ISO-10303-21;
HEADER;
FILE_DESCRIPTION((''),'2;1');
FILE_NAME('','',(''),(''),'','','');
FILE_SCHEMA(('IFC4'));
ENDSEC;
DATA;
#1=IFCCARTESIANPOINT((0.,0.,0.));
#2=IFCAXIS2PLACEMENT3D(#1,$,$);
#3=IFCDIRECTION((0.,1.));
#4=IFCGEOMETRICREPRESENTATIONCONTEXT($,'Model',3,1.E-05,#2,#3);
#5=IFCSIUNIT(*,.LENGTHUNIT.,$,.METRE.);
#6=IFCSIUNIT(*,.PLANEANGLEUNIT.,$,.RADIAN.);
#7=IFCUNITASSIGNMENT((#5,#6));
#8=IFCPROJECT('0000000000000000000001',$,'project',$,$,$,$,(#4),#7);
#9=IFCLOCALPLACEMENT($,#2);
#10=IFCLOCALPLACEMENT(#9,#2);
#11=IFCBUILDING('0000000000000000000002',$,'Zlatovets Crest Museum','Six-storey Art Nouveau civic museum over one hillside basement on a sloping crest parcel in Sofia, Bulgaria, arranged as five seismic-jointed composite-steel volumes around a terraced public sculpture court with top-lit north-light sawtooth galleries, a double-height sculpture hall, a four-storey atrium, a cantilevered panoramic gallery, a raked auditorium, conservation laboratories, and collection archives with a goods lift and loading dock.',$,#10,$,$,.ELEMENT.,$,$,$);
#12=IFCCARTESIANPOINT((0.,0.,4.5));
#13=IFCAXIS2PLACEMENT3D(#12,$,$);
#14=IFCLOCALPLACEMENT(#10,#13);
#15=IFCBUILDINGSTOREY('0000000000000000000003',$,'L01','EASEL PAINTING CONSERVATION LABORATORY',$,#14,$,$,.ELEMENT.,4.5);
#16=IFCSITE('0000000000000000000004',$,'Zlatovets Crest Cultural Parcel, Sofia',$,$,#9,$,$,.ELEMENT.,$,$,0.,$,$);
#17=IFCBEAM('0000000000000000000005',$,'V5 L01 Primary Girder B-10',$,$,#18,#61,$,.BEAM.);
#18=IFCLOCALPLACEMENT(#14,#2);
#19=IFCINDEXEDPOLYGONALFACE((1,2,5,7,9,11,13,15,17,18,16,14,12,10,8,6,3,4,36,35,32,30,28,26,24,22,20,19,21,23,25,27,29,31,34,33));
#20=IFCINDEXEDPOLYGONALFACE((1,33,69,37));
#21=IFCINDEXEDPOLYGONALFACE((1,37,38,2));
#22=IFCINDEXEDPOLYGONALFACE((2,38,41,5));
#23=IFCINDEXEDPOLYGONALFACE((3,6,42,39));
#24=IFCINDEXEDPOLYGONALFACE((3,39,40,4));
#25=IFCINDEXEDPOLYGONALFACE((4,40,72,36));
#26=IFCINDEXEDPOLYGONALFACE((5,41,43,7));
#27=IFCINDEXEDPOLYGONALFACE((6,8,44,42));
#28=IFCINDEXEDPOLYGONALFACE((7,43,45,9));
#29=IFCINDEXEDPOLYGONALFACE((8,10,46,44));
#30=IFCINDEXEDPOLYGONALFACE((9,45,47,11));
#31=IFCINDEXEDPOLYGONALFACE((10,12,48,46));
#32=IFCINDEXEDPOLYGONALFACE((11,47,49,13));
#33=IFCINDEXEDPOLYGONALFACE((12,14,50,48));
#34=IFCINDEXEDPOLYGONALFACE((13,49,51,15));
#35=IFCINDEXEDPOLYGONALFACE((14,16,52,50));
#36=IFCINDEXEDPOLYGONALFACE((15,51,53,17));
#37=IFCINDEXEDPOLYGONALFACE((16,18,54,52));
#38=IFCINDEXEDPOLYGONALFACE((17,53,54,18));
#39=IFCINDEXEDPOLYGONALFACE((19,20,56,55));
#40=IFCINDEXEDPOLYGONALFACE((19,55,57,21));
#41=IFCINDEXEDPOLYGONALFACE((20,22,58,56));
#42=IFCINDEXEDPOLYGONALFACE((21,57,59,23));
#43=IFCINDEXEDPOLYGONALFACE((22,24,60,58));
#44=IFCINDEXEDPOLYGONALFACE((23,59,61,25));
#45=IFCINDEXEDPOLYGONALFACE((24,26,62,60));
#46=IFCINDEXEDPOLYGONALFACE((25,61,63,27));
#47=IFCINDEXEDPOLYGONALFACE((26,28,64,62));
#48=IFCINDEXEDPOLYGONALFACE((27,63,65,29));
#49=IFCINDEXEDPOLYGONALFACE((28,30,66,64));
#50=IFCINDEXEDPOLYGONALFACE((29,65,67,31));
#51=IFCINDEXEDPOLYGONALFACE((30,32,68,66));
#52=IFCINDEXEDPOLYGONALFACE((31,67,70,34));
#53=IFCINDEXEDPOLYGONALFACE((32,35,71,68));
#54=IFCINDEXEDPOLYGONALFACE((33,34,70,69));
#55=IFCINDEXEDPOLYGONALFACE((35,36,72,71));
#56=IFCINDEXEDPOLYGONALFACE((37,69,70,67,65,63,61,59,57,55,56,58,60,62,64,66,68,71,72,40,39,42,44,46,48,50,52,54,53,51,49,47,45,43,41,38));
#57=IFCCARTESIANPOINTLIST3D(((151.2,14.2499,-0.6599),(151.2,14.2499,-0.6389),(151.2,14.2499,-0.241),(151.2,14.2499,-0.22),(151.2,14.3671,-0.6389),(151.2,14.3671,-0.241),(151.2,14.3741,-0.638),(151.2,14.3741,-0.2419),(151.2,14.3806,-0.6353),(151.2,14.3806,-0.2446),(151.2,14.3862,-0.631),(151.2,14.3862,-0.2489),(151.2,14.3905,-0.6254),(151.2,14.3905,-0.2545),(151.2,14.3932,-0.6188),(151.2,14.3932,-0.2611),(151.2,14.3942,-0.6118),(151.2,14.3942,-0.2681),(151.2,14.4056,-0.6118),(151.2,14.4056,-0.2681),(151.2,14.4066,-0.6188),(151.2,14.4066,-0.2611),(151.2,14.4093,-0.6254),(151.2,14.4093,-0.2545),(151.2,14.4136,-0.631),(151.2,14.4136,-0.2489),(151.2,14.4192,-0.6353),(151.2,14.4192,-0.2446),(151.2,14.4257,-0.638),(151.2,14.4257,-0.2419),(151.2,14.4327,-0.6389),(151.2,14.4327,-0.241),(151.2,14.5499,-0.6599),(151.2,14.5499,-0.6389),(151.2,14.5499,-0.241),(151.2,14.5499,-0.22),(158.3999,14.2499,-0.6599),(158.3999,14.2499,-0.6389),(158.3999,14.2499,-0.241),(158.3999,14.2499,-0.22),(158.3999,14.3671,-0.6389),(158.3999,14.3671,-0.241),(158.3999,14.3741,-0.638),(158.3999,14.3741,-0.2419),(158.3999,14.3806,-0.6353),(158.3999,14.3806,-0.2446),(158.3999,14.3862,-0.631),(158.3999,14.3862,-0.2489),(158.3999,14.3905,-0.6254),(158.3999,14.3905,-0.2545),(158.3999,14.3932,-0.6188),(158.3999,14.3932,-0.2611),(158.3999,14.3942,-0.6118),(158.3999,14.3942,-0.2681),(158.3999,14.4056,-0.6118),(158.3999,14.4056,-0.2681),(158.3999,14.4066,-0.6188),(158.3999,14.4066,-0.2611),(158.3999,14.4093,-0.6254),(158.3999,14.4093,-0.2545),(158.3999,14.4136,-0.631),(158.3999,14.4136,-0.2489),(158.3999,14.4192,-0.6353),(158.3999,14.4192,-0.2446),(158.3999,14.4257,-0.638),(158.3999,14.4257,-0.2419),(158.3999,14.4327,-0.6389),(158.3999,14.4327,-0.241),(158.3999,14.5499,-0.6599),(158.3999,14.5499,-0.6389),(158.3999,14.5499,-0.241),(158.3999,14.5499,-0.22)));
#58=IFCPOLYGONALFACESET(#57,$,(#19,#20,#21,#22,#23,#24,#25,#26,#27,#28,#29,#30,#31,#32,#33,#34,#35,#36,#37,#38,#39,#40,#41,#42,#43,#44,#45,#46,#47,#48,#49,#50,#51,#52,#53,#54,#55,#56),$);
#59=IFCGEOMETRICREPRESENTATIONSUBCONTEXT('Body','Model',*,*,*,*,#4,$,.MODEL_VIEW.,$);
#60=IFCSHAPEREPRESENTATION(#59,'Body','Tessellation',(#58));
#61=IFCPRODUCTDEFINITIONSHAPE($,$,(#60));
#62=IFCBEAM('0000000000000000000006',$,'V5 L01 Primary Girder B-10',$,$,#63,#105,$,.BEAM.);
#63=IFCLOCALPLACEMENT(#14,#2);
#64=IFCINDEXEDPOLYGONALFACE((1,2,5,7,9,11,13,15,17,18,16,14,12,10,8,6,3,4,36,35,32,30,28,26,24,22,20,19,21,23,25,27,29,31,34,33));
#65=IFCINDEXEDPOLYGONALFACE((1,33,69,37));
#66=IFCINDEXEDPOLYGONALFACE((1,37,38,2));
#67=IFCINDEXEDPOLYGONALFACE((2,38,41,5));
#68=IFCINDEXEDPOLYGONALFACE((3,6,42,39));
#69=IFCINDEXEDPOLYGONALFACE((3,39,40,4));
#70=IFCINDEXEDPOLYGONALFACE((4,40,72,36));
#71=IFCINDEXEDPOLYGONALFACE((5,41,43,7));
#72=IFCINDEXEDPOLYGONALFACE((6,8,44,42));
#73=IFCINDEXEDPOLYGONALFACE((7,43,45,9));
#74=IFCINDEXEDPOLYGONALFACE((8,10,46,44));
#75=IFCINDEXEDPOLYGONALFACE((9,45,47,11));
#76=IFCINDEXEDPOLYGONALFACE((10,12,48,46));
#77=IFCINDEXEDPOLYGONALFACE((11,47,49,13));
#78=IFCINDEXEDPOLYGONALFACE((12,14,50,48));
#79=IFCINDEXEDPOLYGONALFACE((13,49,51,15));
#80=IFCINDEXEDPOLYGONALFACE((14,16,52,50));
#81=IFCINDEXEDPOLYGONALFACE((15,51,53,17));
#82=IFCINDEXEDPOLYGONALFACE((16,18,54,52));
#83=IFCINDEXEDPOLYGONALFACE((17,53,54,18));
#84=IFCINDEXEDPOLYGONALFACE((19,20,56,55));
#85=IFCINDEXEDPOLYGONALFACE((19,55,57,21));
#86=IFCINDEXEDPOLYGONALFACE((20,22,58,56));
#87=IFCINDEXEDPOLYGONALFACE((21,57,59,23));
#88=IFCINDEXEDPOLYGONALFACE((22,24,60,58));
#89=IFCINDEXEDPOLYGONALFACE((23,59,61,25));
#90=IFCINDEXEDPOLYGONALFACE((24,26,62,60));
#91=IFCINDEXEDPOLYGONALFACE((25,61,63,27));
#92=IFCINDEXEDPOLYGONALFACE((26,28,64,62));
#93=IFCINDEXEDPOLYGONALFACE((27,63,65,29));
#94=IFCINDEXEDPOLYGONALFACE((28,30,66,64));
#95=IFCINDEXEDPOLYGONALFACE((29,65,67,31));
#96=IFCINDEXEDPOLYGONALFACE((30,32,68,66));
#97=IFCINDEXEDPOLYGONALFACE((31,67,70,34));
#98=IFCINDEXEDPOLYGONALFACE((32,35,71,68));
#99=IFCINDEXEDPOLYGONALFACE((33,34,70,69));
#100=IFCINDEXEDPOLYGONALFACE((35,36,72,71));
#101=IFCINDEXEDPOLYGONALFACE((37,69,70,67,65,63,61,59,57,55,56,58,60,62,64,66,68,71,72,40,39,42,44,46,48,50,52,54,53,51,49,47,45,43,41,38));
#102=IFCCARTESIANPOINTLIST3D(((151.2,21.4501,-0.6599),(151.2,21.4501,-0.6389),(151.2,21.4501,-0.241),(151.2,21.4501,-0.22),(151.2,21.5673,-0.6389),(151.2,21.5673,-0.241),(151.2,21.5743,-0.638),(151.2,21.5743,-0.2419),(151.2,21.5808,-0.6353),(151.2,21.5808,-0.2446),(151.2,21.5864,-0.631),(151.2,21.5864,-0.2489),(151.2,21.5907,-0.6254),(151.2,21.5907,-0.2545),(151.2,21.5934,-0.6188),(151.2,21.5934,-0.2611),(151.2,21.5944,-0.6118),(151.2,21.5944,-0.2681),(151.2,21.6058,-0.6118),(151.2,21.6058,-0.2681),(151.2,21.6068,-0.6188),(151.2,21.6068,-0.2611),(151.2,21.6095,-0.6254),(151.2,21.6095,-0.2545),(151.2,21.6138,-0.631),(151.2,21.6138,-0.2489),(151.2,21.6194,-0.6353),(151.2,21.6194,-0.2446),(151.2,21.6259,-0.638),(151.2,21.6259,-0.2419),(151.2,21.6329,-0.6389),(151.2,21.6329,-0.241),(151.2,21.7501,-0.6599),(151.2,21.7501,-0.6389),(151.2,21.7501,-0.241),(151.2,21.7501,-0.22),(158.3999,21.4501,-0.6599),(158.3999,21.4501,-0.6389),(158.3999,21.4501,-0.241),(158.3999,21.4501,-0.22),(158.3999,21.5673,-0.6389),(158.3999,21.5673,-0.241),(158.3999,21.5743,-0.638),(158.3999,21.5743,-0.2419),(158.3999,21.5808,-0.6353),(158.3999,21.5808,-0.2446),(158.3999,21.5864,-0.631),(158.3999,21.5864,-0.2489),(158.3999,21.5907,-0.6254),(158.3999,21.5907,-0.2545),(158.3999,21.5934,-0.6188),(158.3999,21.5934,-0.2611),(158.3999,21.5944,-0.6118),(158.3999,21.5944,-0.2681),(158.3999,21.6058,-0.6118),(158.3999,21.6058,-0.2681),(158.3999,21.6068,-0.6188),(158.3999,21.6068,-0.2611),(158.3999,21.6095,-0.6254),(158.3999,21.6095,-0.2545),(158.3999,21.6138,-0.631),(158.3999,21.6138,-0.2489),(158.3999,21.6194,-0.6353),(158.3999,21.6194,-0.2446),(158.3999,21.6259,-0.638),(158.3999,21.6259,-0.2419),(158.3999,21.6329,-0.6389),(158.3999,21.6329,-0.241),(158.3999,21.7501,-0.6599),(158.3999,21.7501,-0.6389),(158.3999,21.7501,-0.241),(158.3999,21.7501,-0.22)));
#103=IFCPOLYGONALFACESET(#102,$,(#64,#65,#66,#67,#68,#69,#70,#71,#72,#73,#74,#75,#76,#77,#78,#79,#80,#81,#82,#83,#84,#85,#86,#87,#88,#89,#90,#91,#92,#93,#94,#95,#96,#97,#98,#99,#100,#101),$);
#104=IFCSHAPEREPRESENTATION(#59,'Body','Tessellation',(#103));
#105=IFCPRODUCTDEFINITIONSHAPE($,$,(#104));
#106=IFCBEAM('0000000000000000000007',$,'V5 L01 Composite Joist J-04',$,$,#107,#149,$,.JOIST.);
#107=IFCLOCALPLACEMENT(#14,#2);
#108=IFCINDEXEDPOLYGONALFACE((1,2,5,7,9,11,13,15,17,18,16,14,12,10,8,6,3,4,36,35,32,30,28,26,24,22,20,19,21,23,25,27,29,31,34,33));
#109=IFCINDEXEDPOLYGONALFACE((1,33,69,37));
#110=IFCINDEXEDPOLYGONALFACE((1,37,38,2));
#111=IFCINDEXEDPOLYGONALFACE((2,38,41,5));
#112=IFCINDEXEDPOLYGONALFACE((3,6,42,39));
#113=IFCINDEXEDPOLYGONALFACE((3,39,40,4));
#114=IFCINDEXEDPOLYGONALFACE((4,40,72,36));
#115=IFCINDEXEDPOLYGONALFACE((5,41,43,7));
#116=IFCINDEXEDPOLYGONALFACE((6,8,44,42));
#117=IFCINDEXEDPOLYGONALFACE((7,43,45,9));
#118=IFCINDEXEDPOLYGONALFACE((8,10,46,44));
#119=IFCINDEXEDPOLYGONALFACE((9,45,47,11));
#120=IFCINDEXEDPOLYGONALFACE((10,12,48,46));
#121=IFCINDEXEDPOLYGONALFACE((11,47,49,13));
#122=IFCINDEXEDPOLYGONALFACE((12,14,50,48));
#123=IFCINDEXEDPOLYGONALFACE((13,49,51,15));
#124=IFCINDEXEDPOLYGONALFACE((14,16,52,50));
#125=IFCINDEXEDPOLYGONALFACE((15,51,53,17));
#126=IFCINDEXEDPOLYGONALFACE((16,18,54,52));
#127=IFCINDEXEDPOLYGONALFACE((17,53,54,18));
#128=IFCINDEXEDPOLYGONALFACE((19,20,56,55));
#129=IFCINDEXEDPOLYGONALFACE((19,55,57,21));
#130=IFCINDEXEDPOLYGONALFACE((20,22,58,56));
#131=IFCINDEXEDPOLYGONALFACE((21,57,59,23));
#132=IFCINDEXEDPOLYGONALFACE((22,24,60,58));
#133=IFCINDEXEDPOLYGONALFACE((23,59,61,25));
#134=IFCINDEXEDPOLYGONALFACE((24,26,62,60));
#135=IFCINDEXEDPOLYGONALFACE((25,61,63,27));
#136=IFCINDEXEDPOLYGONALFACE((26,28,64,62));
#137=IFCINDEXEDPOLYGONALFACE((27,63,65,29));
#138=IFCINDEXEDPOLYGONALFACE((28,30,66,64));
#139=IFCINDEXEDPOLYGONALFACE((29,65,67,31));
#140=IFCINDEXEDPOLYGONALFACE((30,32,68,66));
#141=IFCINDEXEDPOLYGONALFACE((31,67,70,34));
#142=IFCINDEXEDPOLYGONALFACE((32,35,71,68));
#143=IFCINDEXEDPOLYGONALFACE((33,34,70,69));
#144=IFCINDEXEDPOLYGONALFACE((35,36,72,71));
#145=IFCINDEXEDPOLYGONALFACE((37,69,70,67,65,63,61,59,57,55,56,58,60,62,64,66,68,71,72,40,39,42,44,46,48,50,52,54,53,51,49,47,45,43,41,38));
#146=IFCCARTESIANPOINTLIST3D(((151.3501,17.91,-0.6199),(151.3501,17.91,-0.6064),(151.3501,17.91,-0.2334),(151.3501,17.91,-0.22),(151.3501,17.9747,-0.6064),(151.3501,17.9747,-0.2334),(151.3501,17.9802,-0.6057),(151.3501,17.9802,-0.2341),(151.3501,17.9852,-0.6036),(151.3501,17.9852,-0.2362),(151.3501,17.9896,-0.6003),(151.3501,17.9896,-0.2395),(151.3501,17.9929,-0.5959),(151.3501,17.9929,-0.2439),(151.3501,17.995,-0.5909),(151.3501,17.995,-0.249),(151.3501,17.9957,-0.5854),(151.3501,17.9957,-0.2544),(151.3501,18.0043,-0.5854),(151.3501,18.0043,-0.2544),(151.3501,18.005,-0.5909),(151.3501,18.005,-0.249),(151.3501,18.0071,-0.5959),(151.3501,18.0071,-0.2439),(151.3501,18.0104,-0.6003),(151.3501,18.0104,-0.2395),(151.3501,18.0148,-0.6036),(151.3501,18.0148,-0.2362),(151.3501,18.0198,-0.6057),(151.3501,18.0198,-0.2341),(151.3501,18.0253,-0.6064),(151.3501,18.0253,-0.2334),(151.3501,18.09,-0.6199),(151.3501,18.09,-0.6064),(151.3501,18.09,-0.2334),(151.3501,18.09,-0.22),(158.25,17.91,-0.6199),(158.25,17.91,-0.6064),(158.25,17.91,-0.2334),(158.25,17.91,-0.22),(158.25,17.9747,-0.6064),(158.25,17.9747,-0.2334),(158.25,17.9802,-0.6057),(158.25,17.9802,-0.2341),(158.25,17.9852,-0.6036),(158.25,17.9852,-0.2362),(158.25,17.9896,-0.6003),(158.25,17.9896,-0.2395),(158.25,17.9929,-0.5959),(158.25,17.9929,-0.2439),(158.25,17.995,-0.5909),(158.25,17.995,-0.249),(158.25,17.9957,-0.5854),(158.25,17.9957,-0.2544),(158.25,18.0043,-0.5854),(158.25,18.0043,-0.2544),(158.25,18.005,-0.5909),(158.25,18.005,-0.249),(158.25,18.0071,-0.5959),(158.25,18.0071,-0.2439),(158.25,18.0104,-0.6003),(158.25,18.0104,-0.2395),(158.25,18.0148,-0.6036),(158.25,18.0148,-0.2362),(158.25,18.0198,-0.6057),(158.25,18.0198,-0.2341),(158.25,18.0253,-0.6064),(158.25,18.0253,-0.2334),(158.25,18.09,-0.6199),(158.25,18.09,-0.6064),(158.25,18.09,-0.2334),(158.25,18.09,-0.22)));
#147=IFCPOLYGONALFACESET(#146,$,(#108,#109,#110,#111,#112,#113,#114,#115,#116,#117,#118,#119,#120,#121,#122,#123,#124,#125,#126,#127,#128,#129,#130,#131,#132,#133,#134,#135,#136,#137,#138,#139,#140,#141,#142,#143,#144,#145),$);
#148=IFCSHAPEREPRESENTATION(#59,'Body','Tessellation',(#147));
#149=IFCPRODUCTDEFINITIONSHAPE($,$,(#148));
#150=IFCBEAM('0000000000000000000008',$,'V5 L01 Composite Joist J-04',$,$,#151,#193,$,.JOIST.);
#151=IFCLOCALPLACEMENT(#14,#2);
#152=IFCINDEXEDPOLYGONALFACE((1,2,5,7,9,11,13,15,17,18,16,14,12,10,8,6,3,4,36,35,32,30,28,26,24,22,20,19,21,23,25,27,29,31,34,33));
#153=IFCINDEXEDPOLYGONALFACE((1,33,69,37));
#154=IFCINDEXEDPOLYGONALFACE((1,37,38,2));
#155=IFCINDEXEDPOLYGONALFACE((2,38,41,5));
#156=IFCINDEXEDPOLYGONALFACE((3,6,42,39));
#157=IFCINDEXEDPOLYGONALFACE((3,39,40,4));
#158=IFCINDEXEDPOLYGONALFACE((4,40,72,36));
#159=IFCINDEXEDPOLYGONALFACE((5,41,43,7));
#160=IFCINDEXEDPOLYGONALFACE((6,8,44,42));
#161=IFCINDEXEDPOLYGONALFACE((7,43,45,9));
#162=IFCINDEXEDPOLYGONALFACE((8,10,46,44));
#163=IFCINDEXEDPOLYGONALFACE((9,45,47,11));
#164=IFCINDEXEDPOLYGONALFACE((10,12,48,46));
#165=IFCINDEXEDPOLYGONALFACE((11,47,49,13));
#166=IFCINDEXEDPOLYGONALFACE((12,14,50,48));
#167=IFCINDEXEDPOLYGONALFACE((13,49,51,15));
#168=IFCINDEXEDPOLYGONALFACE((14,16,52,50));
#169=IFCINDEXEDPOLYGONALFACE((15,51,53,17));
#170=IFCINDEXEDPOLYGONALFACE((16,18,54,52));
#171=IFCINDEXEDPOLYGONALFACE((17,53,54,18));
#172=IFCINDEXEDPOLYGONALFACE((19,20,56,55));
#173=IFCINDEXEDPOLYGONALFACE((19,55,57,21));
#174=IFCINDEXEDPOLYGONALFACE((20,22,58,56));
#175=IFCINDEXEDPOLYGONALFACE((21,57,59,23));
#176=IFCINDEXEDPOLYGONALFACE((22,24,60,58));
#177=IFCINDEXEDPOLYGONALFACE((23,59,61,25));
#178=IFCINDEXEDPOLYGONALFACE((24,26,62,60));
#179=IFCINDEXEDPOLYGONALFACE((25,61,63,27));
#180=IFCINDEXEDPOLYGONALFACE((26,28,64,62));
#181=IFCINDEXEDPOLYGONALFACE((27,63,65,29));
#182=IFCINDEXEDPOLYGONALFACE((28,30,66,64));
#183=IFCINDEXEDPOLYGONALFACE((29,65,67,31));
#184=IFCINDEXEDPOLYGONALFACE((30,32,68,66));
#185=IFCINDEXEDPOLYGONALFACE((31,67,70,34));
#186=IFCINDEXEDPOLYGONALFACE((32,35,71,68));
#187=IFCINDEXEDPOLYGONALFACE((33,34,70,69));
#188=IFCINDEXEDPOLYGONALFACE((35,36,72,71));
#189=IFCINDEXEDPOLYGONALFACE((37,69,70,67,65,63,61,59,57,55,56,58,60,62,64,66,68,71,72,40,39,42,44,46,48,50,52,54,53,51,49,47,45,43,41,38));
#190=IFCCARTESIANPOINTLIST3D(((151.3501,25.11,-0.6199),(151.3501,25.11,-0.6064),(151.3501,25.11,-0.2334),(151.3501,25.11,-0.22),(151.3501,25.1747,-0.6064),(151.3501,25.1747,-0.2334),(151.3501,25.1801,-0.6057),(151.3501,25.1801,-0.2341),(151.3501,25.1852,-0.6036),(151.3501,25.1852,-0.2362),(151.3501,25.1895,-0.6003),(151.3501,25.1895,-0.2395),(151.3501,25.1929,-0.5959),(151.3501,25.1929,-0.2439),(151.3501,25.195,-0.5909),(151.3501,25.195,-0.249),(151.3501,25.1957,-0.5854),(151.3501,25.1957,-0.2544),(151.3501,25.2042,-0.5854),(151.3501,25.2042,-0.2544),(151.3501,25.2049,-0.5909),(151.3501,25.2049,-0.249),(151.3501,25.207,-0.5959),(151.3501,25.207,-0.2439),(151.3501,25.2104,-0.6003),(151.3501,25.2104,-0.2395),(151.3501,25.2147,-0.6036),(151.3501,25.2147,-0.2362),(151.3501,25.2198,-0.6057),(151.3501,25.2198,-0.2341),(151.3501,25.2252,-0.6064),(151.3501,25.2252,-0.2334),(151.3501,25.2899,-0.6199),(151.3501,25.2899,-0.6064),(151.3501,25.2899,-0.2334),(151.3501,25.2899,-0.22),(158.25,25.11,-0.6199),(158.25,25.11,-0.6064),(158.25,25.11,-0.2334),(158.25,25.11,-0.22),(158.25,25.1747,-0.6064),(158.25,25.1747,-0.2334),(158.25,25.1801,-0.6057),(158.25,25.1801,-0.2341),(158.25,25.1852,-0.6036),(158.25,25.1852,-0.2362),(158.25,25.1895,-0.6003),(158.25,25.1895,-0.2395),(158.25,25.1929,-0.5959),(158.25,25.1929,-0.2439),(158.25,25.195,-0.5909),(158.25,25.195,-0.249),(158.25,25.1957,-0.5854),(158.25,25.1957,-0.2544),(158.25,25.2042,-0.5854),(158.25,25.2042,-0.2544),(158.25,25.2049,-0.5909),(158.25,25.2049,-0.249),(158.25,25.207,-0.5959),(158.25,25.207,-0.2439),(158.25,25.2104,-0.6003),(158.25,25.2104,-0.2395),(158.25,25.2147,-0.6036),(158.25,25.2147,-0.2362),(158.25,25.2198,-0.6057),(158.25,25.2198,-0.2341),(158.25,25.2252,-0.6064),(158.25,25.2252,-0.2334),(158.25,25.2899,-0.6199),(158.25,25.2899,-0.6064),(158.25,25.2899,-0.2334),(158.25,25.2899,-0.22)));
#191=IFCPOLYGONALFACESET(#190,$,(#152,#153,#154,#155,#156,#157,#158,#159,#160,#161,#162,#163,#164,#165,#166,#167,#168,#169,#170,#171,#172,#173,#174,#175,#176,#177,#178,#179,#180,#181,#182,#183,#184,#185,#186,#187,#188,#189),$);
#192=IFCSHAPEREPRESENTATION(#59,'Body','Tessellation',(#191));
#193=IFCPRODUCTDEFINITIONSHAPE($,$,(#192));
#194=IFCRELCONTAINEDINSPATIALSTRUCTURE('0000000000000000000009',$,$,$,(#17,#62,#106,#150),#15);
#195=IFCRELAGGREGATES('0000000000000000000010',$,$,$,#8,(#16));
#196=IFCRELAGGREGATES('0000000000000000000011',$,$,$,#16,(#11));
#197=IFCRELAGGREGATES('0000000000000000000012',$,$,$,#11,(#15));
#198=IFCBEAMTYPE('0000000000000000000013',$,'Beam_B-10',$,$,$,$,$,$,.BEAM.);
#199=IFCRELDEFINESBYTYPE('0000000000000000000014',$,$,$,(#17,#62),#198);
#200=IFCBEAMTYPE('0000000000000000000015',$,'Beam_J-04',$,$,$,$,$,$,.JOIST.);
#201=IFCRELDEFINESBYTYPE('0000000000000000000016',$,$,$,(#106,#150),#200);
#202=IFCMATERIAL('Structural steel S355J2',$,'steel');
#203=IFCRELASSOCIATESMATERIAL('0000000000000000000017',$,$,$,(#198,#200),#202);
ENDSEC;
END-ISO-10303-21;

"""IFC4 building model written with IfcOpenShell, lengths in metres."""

from ifc_helpers import new_model, si_unit, direction, frame, origin, origin_2d, place, context, subcontext, project, spatial, i_section, extrude, material, material_profile, profile_set, type_object, element, save


model = new_model("IFC4")

# Units and contexts
model_context = context("Model", 3, precision=1e-05, world=origin(), true_north=direction((0.0, 1.0)))
body_context = subcontext(model_context, "Body", "Model", "MODEL_VIEW")
ifc_project = project(units=[si_unit("LENGTHUNIT", "METRE"), si_unit("PLANEANGLEUNIT", "RADIAN")], contexts=[model_context])

# Site, building, storey
site_placement = place(None, origin())
site = spatial("IfcSite", under=ifc_project, at=site_placement, Name="Zlatovets Crest Cultural Parcel, Sofia", CompositionType="ELEMENT", RefElevation=0.0)
building_placement = place(site_placement, origin())
building = spatial("IfcBuilding", under=site, at=building_placement, Name="Zlatovets Crest Museum", Description="Six-storey Art Nouveau civic museum over one hillside basement on a sloping crest parcel in Sofia, Bulgaria, arranged as five seismic-jointed composite-steel volumes around a terraced public sculpture court with top-lit north-light sawtooth galleries, a double-height sculpture hall, a four-storey atrium, a cantilevered panoramic gallery, a raked auditorium, conservation laboratories, and collection archives with a goods lift and loading dock.", CompositionType="ELEMENT")
storey_placement = place(building_placement, frame((0.0, 0.0, 4.5)))
storey = spatial("IfcBuildingStorey", under=building, at=storey_placement, Name="L01", Description="EASEL PAINTING CONSERVATION LABORATORY", CompositionType="ELEMENT", Elevation=4.5)

# Shared definitions
ifc_material_1 = material(Name="Structural steel S355J2", Category="steel")

# Beams
ifc_material_profile_1 = material_profile(ifc_material_1, i_section(OverallWidth=0.3, OverallDepth=0.4399, WebThickness=0.0115, FlangeThickness=0.021, FilletRadius=0.0271, at=origin_2d()), Name="HEA 450")
ifc_profile_set_1 = profile_set([ifc_material_profile_1], Name="Structural steel S355J2")
beam_type_1 = type_object("IfcBeamType", Name="Beam_B-10", PredefinedType="BEAM", material=ifc_profile_set_1)
for number, where, z_axis, x_axis, name in (
    (1, (151.2, 14.3999, -0.4399), (1.0, 0.0, 0.0), (0.0, 1.0, 0.0), "V5 L01 Primary Girder B-10"),
    (2, (151.2, 21.6001, -0.4399), (1.0, 0.0, 0.0), (0.0, 1.0, 0.0), "V5 L01 Primary Girder B-10"),
):
    element("IfcBeam", number, at=place(storey_placement, frame(where, z_axis=z_axis, x_axis=x_axis)), inside=storey, type_object=beam_type_1, Name=name, PredefinedType="BEAM", context=body_context, shape_type="SweptSolid", body=[
        extrude(i_section(OverallWidth=0.3, OverallDepth=0.4399, WebThickness=0.0115, FlangeThickness=0.021, FilletRadius=0.0271, at=origin_2d()), origin(), (0.0, 0.0, 1.0), 7.2),
    ])
ifc_material_profile_2 = material_profile(ifc_material_1, i_section(OverallWidth=0.1799, OverallDepth=0.3999, WebThickness=0.0085, FlangeThickness=0.0134, FilletRadius=0.021, at=origin_2d()), Name="IPE 400")
ifc_profile_set_2 = profile_set([ifc_material_profile_2], Name="Structural steel S355J2")
beam_type_2 = type_object("IfcBeamType", Name="Beam_J-04", PredefinedType="JOIST", material=ifc_profile_set_2)
for number, where, z_axis, x_axis, name in (
    (3, (151.3501, 18.0, -0.4199), (1.0, 0.0, 0.0), (0.0, 1.0, 0.0), "V5 L01 Composite Joist J-04"),
    (4, (151.3501, 25.2, -0.4199), (1.0, 0.0, 0.0), (0.0, 1.0, 0.0), "V5 L01 Composite Joist J-04"),
):
    element("IfcBeam", number, at=place(storey_placement, frame(where, z_axis=z_axis, x_axis=x_axis)), inside=storey, type_object=beam_type_2, Name=name, PredefinedType="JOIST", context=body_context, shape_type="SweptSolid", body=[
        extrude(i_section(OverallWidth=0.1799, OverallDepth=0.3999, WebThickness=0.0085, FlangeThickness=0.0134, FilletRadius=0.021, at=origin_2d()), origin(), (0.0, 0.0, 1.0), 6.8999),
    ])

save(model, "model.ifc")
